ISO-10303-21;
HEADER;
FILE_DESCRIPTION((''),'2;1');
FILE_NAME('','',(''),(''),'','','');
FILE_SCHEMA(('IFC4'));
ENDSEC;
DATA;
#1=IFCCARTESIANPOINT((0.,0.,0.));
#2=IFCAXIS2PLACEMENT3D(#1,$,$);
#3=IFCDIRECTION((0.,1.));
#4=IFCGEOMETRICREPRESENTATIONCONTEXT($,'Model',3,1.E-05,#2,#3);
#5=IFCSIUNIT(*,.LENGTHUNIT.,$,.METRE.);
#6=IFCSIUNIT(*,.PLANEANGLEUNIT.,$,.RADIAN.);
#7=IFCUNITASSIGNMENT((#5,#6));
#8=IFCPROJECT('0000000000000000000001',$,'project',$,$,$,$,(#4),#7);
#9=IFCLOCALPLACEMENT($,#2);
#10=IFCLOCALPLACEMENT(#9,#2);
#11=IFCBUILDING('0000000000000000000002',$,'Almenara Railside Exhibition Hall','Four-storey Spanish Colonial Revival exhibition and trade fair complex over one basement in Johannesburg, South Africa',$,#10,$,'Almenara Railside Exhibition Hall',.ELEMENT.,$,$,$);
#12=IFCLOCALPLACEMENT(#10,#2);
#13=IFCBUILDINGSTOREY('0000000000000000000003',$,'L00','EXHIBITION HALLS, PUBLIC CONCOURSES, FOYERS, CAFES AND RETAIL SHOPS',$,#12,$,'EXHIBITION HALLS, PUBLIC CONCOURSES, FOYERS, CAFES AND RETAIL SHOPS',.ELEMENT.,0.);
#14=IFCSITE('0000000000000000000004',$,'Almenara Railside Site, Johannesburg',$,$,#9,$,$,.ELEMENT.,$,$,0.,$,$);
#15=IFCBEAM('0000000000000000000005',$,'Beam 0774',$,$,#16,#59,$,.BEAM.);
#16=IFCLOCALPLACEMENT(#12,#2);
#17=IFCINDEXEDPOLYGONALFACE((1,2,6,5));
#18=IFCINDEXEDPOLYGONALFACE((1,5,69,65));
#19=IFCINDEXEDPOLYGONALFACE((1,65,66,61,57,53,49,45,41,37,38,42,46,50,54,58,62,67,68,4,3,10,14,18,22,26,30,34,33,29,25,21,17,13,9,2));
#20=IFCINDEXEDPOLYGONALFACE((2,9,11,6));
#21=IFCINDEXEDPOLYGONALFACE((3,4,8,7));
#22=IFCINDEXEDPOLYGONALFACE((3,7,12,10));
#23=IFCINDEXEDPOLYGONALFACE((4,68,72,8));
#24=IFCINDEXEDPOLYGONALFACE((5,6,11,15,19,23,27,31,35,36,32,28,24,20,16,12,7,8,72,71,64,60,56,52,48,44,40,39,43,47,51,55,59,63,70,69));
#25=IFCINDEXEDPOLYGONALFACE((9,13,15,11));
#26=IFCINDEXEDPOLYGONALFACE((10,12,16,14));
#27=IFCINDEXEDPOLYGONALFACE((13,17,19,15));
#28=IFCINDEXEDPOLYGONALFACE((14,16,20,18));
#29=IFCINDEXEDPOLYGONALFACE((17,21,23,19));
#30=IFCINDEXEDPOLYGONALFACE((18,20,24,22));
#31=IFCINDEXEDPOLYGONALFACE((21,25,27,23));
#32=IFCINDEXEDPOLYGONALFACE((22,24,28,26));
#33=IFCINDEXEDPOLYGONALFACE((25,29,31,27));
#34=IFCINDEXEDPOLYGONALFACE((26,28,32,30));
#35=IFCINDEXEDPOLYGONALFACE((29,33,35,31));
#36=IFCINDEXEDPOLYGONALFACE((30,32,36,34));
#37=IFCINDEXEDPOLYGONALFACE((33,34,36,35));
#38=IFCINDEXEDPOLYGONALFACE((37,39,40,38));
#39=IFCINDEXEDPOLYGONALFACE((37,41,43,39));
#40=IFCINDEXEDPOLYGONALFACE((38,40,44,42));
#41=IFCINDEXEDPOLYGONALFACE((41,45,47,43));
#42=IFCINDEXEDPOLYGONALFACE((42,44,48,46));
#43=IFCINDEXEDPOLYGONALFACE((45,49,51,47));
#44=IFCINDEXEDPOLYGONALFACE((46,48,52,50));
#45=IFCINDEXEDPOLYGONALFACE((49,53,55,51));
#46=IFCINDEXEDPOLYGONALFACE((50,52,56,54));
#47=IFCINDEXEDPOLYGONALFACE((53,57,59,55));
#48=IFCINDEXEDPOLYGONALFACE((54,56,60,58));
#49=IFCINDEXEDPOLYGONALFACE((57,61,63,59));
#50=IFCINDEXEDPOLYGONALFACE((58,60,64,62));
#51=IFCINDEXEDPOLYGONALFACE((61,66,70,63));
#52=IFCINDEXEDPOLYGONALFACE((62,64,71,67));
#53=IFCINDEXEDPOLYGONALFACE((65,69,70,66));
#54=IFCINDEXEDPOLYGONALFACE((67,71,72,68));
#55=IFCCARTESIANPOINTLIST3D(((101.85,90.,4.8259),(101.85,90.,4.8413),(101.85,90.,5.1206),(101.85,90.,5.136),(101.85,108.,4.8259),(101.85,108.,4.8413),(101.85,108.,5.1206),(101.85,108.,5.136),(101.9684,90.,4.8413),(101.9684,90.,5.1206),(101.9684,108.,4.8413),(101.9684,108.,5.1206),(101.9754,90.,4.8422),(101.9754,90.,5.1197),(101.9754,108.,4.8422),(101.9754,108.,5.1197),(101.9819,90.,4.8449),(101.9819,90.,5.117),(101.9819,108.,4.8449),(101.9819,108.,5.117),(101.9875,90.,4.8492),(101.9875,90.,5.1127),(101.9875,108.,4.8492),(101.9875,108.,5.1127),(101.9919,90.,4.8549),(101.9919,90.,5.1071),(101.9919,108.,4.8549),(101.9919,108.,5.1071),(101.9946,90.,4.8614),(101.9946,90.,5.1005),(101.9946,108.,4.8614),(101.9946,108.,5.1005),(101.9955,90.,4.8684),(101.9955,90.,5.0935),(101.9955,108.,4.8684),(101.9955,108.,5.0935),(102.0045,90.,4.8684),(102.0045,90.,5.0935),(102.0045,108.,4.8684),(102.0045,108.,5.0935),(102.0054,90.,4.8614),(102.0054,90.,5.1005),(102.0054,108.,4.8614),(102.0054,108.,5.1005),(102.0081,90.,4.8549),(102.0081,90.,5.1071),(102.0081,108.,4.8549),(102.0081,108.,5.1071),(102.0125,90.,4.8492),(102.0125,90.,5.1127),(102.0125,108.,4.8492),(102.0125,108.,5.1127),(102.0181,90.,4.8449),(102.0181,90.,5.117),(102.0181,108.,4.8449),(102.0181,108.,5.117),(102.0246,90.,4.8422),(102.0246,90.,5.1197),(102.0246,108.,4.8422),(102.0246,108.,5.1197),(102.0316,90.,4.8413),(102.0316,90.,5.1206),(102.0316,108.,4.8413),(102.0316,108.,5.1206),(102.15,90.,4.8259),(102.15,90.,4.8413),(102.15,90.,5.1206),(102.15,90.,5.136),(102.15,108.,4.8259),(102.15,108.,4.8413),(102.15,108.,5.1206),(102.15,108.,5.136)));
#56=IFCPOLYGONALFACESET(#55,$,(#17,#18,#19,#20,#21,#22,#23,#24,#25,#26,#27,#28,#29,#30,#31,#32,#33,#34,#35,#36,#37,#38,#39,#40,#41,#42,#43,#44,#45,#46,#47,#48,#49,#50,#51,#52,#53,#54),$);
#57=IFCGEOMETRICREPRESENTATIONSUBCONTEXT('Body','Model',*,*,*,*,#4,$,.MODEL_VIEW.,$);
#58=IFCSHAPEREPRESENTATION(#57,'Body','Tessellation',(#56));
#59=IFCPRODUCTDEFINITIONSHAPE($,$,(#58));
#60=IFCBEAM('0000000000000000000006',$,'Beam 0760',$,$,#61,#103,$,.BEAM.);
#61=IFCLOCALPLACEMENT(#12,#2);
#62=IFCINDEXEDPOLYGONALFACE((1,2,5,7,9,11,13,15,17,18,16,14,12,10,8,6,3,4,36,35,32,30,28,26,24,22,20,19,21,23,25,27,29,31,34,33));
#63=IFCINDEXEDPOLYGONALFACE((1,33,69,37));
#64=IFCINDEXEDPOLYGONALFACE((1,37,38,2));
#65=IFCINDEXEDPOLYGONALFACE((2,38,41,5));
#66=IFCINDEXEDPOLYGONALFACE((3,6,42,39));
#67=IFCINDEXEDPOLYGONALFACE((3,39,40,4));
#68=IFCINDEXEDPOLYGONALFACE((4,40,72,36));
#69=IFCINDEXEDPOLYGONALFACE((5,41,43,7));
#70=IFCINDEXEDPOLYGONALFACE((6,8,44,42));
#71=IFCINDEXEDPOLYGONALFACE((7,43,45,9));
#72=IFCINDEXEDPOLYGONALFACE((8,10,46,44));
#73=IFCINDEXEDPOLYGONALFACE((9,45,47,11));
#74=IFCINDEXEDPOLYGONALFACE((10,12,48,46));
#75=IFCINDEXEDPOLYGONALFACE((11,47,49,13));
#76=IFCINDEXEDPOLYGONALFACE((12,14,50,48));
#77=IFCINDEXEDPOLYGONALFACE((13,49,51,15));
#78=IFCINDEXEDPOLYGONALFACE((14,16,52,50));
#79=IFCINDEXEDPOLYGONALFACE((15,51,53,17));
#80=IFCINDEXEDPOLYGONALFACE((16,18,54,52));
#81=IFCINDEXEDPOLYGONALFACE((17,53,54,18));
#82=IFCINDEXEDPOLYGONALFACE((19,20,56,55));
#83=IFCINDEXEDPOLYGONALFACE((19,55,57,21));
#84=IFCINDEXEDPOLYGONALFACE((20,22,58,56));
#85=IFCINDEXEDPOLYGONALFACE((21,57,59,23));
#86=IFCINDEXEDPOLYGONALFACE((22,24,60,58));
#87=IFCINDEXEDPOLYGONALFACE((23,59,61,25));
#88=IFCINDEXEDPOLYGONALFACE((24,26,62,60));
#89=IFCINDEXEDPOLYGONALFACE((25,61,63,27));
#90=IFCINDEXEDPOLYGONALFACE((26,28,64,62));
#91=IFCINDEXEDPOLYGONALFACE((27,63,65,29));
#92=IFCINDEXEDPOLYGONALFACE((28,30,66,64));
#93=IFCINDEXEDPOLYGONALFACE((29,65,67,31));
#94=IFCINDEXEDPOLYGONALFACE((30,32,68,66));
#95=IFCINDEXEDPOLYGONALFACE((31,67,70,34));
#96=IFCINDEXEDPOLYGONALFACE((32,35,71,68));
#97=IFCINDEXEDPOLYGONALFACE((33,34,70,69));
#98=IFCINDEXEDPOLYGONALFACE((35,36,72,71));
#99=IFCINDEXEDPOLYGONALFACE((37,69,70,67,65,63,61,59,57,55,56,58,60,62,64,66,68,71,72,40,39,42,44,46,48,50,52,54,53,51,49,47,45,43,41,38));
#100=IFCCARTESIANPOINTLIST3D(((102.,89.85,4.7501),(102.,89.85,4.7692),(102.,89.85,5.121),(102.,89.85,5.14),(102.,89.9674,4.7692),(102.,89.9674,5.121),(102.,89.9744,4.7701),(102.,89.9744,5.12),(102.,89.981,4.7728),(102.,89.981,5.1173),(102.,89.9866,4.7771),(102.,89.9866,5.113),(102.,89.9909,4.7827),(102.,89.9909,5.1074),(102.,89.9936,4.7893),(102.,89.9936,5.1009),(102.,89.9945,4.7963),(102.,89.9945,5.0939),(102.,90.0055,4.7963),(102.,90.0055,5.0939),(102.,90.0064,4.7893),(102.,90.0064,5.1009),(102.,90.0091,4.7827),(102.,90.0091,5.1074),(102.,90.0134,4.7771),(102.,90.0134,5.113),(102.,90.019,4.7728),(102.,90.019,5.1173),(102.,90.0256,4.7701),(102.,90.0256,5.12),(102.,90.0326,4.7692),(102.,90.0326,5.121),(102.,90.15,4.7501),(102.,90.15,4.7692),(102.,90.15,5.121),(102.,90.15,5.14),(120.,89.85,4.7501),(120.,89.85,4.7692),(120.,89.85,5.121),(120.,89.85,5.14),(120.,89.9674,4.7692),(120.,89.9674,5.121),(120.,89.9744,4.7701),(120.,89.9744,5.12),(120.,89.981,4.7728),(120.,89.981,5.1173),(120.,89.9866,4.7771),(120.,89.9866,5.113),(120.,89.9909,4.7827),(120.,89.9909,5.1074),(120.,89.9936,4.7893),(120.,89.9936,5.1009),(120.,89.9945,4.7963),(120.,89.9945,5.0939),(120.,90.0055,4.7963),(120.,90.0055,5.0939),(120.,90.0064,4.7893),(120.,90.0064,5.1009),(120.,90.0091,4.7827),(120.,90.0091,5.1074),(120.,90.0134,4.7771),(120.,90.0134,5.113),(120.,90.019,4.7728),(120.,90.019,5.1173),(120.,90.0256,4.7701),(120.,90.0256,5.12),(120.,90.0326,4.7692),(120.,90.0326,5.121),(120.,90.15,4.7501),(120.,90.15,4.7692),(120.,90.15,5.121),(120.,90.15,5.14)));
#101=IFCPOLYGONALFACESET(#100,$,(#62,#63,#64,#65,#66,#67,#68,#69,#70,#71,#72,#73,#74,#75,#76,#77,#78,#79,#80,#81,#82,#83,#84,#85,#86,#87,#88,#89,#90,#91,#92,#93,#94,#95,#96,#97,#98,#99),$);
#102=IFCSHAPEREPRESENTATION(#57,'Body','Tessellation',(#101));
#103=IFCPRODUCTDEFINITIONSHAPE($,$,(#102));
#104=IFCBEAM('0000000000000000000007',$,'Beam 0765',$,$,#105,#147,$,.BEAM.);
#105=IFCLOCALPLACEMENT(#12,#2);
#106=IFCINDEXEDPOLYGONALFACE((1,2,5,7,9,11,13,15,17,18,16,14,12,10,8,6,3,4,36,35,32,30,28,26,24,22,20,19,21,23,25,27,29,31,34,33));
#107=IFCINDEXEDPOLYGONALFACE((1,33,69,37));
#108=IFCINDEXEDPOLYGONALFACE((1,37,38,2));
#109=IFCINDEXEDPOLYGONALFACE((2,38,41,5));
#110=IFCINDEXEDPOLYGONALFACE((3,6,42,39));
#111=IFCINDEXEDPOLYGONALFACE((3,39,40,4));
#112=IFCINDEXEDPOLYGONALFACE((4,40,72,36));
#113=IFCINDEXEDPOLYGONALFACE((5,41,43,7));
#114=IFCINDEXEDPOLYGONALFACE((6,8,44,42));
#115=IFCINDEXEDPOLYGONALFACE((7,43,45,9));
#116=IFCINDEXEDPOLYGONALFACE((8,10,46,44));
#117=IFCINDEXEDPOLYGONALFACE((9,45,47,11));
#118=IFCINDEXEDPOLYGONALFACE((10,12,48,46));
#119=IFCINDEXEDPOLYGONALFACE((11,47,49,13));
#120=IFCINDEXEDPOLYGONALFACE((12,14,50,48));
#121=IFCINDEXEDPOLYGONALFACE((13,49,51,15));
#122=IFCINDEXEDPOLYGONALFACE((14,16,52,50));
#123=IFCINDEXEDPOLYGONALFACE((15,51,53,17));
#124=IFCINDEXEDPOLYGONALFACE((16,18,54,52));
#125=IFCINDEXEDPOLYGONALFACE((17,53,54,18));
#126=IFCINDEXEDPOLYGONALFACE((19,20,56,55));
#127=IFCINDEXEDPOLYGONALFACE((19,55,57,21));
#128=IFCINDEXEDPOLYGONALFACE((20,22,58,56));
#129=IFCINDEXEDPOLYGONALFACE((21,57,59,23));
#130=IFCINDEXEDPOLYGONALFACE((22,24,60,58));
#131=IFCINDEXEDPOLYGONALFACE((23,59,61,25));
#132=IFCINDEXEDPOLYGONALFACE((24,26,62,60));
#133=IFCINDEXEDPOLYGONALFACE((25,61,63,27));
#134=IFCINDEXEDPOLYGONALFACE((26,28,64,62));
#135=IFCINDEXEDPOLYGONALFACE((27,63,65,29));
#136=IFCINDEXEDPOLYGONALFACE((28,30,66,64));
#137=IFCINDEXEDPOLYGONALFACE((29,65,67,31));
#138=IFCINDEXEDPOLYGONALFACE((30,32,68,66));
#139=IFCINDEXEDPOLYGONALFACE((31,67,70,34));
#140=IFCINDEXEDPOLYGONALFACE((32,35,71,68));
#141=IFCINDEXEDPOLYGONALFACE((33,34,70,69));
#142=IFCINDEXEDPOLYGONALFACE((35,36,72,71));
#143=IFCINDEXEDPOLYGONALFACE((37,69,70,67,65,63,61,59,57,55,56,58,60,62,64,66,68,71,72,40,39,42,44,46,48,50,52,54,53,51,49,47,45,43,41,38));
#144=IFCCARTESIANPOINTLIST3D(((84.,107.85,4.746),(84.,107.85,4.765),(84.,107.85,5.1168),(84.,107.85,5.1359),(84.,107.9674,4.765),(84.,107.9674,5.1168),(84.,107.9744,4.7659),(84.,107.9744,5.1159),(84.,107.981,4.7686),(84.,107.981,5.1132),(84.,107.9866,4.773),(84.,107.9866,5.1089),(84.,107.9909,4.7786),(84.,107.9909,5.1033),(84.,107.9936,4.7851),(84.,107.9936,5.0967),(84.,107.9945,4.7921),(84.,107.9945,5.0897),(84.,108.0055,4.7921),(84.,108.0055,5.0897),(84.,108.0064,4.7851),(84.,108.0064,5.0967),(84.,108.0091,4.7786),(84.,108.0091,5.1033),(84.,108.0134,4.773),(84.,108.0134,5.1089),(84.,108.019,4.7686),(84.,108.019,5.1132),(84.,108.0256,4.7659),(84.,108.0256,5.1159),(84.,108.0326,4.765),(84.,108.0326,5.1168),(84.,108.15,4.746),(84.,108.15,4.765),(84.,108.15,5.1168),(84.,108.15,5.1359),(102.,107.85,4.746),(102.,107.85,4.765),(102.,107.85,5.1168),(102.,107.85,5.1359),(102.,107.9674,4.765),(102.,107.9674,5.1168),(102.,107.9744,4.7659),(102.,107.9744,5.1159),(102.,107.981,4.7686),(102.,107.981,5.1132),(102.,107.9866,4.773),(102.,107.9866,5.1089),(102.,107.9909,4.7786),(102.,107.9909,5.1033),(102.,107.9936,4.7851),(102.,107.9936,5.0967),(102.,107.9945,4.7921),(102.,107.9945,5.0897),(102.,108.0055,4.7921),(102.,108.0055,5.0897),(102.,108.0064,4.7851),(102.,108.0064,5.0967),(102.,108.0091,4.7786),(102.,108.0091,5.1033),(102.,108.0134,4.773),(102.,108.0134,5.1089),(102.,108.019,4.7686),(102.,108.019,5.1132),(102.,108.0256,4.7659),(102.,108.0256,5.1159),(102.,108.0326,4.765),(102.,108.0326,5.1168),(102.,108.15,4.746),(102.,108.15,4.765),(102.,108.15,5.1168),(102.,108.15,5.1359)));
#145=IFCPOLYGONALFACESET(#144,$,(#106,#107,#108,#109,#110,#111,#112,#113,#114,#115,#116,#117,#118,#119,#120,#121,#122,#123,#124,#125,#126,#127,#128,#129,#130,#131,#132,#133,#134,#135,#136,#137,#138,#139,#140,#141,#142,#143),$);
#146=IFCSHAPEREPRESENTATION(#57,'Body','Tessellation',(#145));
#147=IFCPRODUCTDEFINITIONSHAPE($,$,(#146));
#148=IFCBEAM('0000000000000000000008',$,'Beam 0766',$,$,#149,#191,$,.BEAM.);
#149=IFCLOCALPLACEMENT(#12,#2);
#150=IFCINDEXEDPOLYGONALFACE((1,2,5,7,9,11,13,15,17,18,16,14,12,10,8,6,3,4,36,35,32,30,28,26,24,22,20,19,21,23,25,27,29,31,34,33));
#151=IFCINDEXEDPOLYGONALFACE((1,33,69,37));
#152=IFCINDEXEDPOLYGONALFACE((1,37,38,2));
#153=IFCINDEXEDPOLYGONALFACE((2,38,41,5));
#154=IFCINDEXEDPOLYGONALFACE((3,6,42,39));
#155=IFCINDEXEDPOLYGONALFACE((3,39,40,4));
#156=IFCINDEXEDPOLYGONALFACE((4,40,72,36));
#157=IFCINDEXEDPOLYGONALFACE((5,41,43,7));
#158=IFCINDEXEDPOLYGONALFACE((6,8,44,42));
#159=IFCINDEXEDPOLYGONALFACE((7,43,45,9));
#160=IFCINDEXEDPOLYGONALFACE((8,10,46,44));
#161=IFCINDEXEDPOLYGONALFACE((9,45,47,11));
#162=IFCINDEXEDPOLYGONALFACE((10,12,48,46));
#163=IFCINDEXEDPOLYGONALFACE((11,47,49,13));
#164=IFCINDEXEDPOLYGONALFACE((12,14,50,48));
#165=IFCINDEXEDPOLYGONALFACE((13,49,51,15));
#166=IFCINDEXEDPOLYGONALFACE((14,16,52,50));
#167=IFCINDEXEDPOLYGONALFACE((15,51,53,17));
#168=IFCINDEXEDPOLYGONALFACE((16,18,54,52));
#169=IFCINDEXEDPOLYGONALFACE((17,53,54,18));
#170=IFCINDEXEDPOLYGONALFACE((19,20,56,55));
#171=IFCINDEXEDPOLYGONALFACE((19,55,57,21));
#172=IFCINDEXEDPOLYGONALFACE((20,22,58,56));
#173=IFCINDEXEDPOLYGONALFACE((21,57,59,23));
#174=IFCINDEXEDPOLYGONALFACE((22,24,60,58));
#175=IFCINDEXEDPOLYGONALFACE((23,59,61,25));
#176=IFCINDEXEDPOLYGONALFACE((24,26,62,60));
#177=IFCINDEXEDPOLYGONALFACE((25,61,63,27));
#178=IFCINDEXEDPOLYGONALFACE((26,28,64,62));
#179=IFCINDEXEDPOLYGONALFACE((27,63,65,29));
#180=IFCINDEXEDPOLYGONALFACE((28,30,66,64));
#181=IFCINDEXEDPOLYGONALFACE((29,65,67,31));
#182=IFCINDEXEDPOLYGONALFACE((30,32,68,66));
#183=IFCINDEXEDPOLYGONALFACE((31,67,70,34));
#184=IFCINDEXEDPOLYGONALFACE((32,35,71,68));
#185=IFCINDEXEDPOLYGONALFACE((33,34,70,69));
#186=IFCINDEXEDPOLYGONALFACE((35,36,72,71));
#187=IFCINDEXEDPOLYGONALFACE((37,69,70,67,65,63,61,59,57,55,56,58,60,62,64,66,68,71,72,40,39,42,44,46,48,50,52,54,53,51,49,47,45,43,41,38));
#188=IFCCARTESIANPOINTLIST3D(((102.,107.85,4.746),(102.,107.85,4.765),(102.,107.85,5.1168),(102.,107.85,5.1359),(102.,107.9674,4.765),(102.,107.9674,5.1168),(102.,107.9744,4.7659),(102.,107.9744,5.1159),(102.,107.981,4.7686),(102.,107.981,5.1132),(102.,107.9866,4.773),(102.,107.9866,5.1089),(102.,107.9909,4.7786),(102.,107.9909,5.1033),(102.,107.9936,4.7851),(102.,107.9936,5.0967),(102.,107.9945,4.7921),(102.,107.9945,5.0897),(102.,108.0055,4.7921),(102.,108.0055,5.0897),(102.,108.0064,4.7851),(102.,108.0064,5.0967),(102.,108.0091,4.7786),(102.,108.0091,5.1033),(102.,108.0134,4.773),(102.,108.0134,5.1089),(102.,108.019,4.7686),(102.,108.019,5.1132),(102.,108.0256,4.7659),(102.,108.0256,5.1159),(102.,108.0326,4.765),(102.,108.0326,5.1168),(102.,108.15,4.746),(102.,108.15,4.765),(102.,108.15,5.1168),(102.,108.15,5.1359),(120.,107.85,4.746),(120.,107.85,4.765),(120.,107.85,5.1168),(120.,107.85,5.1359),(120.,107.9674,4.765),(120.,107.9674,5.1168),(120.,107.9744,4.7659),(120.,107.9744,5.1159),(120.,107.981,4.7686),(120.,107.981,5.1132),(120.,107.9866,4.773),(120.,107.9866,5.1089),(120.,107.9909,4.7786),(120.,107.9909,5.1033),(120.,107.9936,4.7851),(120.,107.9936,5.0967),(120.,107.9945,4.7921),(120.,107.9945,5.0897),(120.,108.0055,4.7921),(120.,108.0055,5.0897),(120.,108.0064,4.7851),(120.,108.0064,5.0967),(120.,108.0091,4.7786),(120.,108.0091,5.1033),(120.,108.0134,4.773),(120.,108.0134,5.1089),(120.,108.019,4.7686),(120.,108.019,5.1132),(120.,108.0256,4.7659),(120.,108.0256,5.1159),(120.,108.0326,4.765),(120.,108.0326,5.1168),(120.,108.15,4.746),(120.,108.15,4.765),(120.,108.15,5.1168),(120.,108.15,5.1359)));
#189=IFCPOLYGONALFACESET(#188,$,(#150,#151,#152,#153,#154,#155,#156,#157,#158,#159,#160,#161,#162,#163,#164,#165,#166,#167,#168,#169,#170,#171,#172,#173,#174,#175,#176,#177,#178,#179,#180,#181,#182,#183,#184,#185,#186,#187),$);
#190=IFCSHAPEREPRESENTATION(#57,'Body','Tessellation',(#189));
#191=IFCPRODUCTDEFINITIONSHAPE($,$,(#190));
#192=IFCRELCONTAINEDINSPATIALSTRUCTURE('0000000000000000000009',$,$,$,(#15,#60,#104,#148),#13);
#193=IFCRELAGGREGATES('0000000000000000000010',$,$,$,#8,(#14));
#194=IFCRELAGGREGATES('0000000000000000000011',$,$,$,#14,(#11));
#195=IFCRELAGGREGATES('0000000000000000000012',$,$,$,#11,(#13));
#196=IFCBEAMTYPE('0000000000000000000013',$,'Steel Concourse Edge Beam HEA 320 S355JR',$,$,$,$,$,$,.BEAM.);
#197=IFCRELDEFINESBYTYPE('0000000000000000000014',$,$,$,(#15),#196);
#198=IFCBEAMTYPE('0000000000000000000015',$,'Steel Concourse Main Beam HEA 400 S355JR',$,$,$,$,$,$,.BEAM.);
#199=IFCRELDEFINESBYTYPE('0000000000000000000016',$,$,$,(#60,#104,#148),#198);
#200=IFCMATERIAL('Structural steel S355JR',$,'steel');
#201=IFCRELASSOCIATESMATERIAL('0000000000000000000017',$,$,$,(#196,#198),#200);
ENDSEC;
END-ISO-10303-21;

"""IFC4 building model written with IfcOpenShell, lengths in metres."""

from ifc_helpers import new_model, si_unit, direction, frame, origin, origin_2d, place, context, subcontext, project, spatial, i_section, extrude, material, material_profile, profile_set, type_object, element, save


model = new_model("IFC4")

# Units and contexts
model_context = context("Model", 3, precision=1e-05, world=origin(), true_north=direction((0.0, 1.0)))
body_context = subcontext(model_context, "Body", "Model", "MODEL_VIEW")
ifc_project = project(units=[si_unit("LENGTHUNIT", "METRE"), si_unit("PLANEANGLEUNIT", "RADIAN")], contexts=[model_context])

# Site, building, storey
site_placement = place(None, origin())
site = spatial("IfcSite", under=ifc_project, at=site_placement, Name="Almenara Railside Site, Johannesburg", CompositionType="ELEMENT", RefElevation=0.0)
building_placement = place(site_placement, origin())
building = spatial("IfcBuilding", under=site, at=building_placement, Name="Almenara Railside Exhibition Hall", Description="Four-storey Spanish Colonial Revival exhibition and trade fair complex over one basement in Johannesburg, South Africa", LongName="Almenara Railside Exhibition Hall", CompositionType="ELEMENT")
storey_placement = place(building_placement, origin())
storey = spatial("IfcBuildingStorey", under=building, at=storey_placement, Name="L00", Description="EXHIBITION HALLS, PUBLIC CONCOURSES, FOYERS, CAFES AND RETAIL SHOPS", LongName="EXHIBITION HALLS, PUBLIC CONCOURSES, FOYERS, CAFES AND RETAIL SHOPS", CompositionType="ELEMENT", Elevation=0.0)

# Beams
ifc_material_1 = material(Name="Structural steel S355JR", Category="steel")
ifc_material_profile_1 = material_profile(ifc_material_1, i_section(OverallWidth=0.3, OverallDepth=0.3101, WebThickness=0.009, FlangeThickness=0.0154, FilletRadius=0.0271, at=origin_2d()), Name="HEA 320")
ifc_profile_set_1 = profile_set([ifc_material_profile_1], Name="Structural steel S355JR")
beam_type_1 = type_object("IfcBeamType", Name="Steel Concourse Edge Beam HEA 320 S355JR", PredefinedType="BEAM", material=ifc_profile_set_1)
beam_placement = place(storey_placement, frame((102.0, 90.0, 4.981), z_axis=(0.0, 1.0, 0.0), x_axis=(-1.0, 0.0, 0.0)))
element("IfcBeam", 1, at=beam_placement, inside=storey, type_object=beam_type_1, Name="Beam 0774", PredefinedType="BEAM", context=body_context, shape_type="SweptSolid", body=[
    extrude(i_section(OverallWidth=0.3, OverallDepth=0.3101, WebThickness=0.009, FlangeThickness=0.0154, FilletRadius=0.0271, at=origin_2d()), origin(), (0.0, 0.0, 1.0), 18.0),
])
ifc_material_profile_2 = material_profile(ifc_material_1, i_section(OverallWidth=0.3, OverallDepth=0.3899, WebThickness=0.011, FlangeThickness=0.019, FilletRadius=0.0271, at=origin_2d()), Name="HEA 400")
ifc_profile_set_2 = profile_set([ifc_material_profile_2], Name="Structural steel S355JR")
beam_type_2 = type_object("IfcBeamType", Name="Steel Concourse Main Beam HEA 400 S355JR", PredefinedType="BEAM", material=ifc_profile_set_2)
for number, where, z_axis, x_axis, name in (
    (2, (102.0, 90.0, 4.9451), (1.0, 0.0, 0.0), (0.0, 1.0, 0.0), "Beam 0760"),
    (3, (84.0, 108.0, 4.9409), (1.0, 0.0, 0.0), (0.0, 1.0, 0.0), "Beam 0765"),
    (4, (102.0, 108.0, 4.9409), (1.0, 0.0, 0.0), (0.0, 1.0, 0.0), "Beam 0766"),
):
    element("IfcBeam", number, at=place(storey_placement, frame(where, z_axis=z_axis, x_axis=x_axis)), inside=storey, type_object=beam_type_2, Name=name, PredefinedType="BEAM", context=body_context, shape_type="SweptSolid", body=[
        extrude(i_section(OverallWidth=0.3, OverallDepth=0.3899, WebThickness=0.011, FlangeThickness=0.019, FilletRadius=0.0271, at=origin_2d()), origin(), (0.0, 0.0, 1.0), 18.0),
    ])

save(model, "model.ifc")
